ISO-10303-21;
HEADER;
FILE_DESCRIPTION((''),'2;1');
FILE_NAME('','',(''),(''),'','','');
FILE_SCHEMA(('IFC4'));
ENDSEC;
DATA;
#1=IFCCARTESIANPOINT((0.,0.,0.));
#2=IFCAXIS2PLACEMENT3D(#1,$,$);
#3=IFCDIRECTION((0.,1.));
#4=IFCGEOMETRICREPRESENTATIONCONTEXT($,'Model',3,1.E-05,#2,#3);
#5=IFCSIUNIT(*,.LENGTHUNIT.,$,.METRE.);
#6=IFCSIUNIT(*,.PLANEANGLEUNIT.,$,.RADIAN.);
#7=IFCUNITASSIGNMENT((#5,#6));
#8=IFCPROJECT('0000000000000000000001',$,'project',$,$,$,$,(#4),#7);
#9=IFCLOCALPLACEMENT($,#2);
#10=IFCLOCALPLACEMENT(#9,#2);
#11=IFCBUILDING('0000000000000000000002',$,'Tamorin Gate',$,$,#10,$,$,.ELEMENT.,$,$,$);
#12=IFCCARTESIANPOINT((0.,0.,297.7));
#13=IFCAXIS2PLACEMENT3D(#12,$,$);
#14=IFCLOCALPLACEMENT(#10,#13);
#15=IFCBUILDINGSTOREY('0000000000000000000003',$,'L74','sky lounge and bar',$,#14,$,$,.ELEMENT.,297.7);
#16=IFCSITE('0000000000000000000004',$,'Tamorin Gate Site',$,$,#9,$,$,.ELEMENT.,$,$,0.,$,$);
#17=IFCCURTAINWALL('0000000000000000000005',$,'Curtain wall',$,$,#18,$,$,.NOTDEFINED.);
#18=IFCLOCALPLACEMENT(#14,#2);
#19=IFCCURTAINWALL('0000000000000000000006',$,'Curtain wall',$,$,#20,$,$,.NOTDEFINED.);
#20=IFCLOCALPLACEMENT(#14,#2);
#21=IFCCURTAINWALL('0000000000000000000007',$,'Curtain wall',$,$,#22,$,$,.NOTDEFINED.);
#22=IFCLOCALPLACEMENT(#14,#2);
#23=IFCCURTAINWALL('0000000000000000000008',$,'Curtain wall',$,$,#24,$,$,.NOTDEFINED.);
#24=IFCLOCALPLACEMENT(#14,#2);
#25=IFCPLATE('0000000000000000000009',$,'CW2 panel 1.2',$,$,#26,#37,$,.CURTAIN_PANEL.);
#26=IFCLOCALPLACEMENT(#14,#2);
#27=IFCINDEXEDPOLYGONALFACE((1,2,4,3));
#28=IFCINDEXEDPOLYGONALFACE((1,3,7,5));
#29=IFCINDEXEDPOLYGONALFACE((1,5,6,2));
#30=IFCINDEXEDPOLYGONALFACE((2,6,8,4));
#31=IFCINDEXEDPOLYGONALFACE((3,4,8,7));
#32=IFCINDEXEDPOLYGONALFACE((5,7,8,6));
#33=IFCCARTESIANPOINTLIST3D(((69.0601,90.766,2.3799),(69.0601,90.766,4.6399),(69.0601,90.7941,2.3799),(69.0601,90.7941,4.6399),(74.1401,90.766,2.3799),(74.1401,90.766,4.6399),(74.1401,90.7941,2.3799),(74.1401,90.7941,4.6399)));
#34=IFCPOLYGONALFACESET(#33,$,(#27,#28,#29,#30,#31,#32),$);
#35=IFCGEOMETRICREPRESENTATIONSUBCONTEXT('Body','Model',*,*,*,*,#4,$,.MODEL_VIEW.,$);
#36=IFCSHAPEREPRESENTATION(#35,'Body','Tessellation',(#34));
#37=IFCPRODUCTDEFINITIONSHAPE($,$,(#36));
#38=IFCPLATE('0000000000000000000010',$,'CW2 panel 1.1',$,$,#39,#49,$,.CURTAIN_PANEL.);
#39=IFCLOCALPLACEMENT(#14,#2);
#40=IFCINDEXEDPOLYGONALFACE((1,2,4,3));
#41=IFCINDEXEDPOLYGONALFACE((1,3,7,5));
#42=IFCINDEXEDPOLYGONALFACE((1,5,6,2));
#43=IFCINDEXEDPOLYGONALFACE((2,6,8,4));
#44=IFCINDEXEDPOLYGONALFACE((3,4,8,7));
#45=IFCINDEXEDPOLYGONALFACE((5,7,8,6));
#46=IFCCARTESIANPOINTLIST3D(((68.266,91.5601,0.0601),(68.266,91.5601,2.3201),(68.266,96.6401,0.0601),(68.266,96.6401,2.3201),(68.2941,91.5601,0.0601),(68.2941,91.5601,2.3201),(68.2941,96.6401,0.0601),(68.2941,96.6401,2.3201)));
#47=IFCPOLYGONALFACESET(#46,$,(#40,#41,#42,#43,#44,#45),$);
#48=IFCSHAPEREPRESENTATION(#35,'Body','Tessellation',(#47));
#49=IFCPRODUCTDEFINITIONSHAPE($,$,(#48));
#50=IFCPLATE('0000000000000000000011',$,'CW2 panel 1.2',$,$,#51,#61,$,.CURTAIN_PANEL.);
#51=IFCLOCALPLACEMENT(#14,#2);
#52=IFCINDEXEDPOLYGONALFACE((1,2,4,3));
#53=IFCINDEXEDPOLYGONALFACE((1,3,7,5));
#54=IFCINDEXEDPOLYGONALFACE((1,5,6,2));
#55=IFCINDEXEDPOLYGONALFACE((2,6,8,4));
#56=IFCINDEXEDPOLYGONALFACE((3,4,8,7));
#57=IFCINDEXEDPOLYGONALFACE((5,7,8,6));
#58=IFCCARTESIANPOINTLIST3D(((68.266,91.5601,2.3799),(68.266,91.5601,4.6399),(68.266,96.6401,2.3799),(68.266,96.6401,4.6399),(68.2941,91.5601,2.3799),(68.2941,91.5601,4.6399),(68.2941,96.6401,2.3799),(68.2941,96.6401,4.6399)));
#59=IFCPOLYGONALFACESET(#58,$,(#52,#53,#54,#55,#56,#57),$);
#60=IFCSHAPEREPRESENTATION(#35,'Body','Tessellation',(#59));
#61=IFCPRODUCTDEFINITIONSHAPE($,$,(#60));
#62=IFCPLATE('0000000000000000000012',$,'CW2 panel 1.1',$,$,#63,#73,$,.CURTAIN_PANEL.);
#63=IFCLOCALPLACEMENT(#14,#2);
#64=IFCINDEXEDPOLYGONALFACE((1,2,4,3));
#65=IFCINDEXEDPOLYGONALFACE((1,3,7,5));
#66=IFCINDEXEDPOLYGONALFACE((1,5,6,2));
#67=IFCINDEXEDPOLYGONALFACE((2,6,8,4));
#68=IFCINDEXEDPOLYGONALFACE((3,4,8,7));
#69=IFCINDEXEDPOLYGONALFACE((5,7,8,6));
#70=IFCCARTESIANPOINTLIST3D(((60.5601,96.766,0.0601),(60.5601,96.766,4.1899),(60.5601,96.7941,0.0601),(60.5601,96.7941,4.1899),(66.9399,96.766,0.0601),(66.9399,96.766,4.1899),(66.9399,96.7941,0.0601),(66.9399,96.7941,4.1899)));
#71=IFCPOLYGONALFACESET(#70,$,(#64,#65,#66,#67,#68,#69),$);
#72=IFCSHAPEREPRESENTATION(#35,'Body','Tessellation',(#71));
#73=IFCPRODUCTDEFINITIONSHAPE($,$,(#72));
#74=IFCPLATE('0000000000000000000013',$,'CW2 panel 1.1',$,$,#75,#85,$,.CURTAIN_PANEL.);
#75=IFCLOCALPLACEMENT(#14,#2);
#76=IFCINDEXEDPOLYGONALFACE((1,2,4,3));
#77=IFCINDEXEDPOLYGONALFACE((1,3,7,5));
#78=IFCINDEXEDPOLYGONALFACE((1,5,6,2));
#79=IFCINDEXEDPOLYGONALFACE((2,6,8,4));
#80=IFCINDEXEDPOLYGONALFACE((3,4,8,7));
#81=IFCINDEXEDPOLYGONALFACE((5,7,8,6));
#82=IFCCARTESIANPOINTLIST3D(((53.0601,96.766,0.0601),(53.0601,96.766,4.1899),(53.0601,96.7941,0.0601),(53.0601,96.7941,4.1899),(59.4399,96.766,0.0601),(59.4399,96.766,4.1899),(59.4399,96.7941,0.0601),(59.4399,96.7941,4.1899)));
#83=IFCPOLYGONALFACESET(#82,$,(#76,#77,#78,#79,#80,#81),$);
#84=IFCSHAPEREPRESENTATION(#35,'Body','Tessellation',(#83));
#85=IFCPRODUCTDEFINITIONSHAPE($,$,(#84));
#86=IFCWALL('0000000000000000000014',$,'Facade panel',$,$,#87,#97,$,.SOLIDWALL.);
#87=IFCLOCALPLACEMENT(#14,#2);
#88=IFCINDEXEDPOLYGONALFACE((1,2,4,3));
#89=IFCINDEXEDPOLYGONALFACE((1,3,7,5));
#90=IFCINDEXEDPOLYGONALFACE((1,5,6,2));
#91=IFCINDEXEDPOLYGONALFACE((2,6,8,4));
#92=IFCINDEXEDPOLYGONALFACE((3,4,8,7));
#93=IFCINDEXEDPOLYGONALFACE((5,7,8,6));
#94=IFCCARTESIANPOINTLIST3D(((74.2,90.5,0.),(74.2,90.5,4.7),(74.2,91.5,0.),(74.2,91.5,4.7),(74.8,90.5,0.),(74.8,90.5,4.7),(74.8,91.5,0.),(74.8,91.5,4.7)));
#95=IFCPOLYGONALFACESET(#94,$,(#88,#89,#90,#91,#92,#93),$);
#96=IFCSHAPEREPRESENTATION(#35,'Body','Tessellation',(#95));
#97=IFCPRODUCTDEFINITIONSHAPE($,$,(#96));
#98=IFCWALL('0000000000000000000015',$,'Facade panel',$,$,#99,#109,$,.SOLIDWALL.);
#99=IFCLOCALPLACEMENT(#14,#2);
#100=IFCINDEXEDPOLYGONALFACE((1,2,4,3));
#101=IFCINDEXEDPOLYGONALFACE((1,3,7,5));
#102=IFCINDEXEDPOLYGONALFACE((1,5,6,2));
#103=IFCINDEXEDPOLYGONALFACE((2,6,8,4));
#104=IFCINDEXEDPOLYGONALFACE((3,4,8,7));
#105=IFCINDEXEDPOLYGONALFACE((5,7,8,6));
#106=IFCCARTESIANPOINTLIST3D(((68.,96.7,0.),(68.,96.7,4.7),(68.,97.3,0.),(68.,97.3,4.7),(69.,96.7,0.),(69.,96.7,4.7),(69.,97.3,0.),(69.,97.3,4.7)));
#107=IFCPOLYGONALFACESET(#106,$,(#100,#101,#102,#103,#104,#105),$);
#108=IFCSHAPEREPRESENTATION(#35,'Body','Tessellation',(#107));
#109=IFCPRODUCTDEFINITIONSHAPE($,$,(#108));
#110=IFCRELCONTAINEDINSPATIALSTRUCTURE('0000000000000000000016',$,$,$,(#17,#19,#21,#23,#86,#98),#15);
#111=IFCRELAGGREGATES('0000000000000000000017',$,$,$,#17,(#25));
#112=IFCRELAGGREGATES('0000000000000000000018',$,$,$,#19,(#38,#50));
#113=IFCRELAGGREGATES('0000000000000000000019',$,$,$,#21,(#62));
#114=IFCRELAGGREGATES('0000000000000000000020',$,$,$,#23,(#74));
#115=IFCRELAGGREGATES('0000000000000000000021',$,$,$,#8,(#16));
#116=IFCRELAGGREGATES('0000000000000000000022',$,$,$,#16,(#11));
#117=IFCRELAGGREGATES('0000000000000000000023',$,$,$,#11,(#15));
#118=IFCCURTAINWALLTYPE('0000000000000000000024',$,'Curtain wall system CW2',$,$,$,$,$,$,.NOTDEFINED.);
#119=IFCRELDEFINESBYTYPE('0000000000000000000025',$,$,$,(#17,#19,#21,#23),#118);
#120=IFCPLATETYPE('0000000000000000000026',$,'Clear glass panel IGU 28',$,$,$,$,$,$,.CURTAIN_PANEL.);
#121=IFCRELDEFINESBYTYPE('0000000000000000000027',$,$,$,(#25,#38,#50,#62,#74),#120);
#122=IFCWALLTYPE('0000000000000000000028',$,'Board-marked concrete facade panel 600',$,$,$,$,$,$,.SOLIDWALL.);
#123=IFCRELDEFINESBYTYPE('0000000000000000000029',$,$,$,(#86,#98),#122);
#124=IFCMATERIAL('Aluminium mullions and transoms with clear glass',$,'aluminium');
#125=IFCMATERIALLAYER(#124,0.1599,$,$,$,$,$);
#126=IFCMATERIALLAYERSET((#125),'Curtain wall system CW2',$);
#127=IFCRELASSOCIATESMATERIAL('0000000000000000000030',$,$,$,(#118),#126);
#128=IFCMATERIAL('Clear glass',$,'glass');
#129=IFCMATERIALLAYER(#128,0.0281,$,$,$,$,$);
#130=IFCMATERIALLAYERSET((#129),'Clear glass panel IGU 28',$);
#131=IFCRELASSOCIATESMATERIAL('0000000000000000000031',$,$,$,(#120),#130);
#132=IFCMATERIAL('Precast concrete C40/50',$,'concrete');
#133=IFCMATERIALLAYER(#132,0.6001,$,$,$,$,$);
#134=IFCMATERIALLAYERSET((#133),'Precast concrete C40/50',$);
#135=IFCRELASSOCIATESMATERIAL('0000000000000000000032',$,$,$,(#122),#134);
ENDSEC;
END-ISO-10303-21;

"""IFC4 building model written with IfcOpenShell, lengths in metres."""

from ifc_helpers import new_model, si_unit, direction, frame, frame_2d, origin, origin_2d, place, context, subcontext, project, spatial, rectangle, extrude, material, layer, layer_set, type_object, element, aggregate, save


model = new_model("IFC4")

# Units and contexts
model_context = context("Model", 3, precision=1e-05, world=origin(), true_north=direction((0.0, 1.0)))
body_context = subcontext(model_context, "Body", "Model", "MODEL_VIEW")
ifc_project = project(units=[si_unit("LENGTHUNIT", "METRE"), si_unit("PLANEANGLEUNIT", "RADIAN")], contexts=[model_context])

# Site, building, storey
site_placement = place(None, origin())
site = spatial("IfcSite", under=ifc_project, at=site_placement, Name="Tamorin Gate Site", CompositionType="ELEMENT", RefElevation=0.0)
building_placement = place(site_placement, origin())
building = spatial("IfcBuilding", under=site, at=building_placement, Name="Tamorin Gate", CompositionType="ELEMENT")
storey_placement = place(building_placement, frame((0.0, 0.0, 297.7)))
storey = spatial("IfcBuildingStorey", under=building, at=storey_placement, Name="L74", Description="sky lounge and bar", CompositionType="ELEMENT", Elevation=297.7)

# Curtain walls
ifc_material_1 = material(Name="Aluminium mullions and transoms with clear glass", Category="aluminium")
ifc_layer_1 = layer(ifc_material_1, 0.1599)
ifc_layer_set_1 = layer_set([ifc_layer_1], Name="Curtain wall system CW2")
curtain_wall_type = type_object("IfcCurtainWallType", Name="Curtain wall system CW2", PredefinedType="NOTDEFINED", material=ifc_layer_set_1)
curtain_wall_1_placement = place(storey_placement, origin())
curtain_wall_1 = element("IfcCurtainWall", 1, at=curtain_wall_1_placement, inside=storey, type_object=curtain_wall_type, Name="Curtain wall", PredefinedType="NOTDEFINED")
curtain_wall_2_placement = place(storey_placement, origin())
curtain_wall_2 = element("IfcCurtainWall", 2, at=curtain_wall_2_placement, inside=storey, type_object=curtain_wall_type, Name="Curtain wall", PredefinedType="NOTDEFINED")
curtain_wall_3_placement = place(storey_placement, origin())
curtain_wall_3 = element("IfcCurtainWall", 3, at=curtain_wall_3_placement, inside=storey, type_object=curtain_wall_type, Name="Curtain wall", PredefinedType="NOTDEFINED")
curtain_wall_4_placement = place(storey_placement, origin())
curtain_wall_4 = element("IfcCurtainWall", 4, at=curtain_wall_4_placement, inside=storey, type_object=curtain_wall_type, Name="Curtain wall", PredefinedType="NOTDEFINED")

# Plates
ifc_material_2 = material(Name="Clear glass", Category="glass")
ifc_layer_2 = layer(ifc_material_2, 0.0281)
ifc_layer_set_2 = layer_set([ifc_layer_2], Name="Clear glass panel IGU 28")
plate_type = type_object("IfcPlateType", Name="Clear glass panel IGU 28", PredefinedType="CURTAIN_PANEL", material=ifc_layer_set_2)
plate_1_placement = place(storey_placement, frame((71.6001, 90.78, 2.3799), z_axis=(0.0, 0.0, 1.0), x_axis=(-1.0, 0.0, 0.0)))
plate_1 = element("IfcPlate", 5, at=plate_1_placement, type_object=plate_type, Name="CW2 panel 1.2", PredefinedType="CURTAIN_PANEL", context=body_context, shape_type="SweptSolid", body=[
    extrude(rectangle(XDim=5.0801, YDim=0.0281, at=origin_2d()), origin(), (0.0, 0.0, 1.0), 2.26),
])
aggregate(curtain_wall_1, [plate_1])
plate_2_placement = place(storey_placement, frame((68.28, 94.1001, 0.0601), z_axis=(0.0, 0.0, 1.0), x_axis=(0.0, 1.0, 0.0)))
plate_2 = element("IfcPlate", 6, at=plate_2_placement, type_object=plate_type, Name="CW2 panel 1.1", PredefinedType="CURTAIN_PANEL", context=body_context, shape_type="SweptSolid", body=[
    extrude(rectangle(XDim=5.0801, YDim=0.0281, at=origin_2d()), origin(), (0.0, 0.0, 1.0), 2.26),
])
plate_3_placement = place(storey_placement, frame((68.28, 94.1001, 2.3799), z_axis=(0.0, 0.0, 1.0), x_axis=(0.0, 1.0, 0.0)))
plate_3 = element("IfcPlate", 7, at=plate_3_placement, type_object=plate_type, Name="CW2 panel 1.2", PredefinedType="CURTAIN_PANEL", context=body_context, shape_type="SweptSolid", body=[
    extrude(rectangle(XDim=5.0801, YDim=0.0281, at=origin_2d()), origin(), (0.0, 0.0, 1.0), 2.26),
])
aggregate(curtain_wall_2, [plate_2, plate_3])
plate_4_placement = place(storey_placement, frame((63.75, 96.78, 0.0601), z_axis=(0.0, 0.0, 1.0), x_axis=(-1.0, 0.0, 0.0)))
plate_4 = element("IfcPlate", 8, at=plate_4_placement, type_object=plate_type, Name="CW2 panel 1.1", PredefinedType="CURTAIN_PANEL", context=body_context, shape_type="SweptSolid", body=[
    extrude(rectangle(XDim=6.3799, YDim=0.0281, at=origin_2d()), origin(), (0.0, 0.0, 1.0), 4.1299),
])
aggregate(curtain_wall_3, [plate_4])
plate_5_placement = place(storey_placement, frame((56.25, 96.78, 0.0601), z_axis=(0.0, 0.0, 1.0), x_axis=(-1.0, 0.0, 0.0)))
plate_5 = element("IfcPlate", 9, at=plate_5_placement, type_object=plate_type, Name="CW2 panel 1.1", PredefinedType="CURTAIN_PANEL", context=body_context, shape_type="SweptSolid", body=[
    extrude(rectangle(XDim=6.3799, YDim=0.0281, at=origin_2d()), origin(), (0.0, 0.0, 1.0), 4.1299),
])
aggregate(curtain_wall_4, [plate_5])

# Walls
ifc_material_3 = material(Name="Precast concrete C40/50", Category="concrete")
ifc_layer_3 = layer(ifc_material_3, 0.6001)
ifc_layer_set_3 = layer_set([ifc_layer_3], Name="Precast concrete C40/50")
wall_type = type_object("IfcWallType", Name="Board-marked concrete facade panel 600", PredefinedType="SOLIDWALL", material=ifc_layer_set_3)
for number, where, z_axis, x_axis, name in (
    (10, (74.5, 90.5, 0.0), (0.0, 0.0, 1.0), (0.0, 1.0, 0.0), "Facade panel"),
    (11, (69.0, 97.0, 0.0), (0.0, 0.0, 1.0), (-1.0, 0.0, 0.0), "Facade panel"),
):
    element("IfcWall", number, at=place(storey_placement, frame(where, z_axis=z_axis, x_axis=x_axis)), inside=storey, type_object=wall_type, Name=name, PredefinedType="SOLIDWALL", context=body_context, shape_type="SweptSolid", body=[
        extrude(rectangle(XDim=1.0, YDim=0.6001, at=frame_2d((0.5, 0.0))), origin(), (0.0, 0.0, 1.0), 4.7),
    ])

save(model, "model.ifc")
